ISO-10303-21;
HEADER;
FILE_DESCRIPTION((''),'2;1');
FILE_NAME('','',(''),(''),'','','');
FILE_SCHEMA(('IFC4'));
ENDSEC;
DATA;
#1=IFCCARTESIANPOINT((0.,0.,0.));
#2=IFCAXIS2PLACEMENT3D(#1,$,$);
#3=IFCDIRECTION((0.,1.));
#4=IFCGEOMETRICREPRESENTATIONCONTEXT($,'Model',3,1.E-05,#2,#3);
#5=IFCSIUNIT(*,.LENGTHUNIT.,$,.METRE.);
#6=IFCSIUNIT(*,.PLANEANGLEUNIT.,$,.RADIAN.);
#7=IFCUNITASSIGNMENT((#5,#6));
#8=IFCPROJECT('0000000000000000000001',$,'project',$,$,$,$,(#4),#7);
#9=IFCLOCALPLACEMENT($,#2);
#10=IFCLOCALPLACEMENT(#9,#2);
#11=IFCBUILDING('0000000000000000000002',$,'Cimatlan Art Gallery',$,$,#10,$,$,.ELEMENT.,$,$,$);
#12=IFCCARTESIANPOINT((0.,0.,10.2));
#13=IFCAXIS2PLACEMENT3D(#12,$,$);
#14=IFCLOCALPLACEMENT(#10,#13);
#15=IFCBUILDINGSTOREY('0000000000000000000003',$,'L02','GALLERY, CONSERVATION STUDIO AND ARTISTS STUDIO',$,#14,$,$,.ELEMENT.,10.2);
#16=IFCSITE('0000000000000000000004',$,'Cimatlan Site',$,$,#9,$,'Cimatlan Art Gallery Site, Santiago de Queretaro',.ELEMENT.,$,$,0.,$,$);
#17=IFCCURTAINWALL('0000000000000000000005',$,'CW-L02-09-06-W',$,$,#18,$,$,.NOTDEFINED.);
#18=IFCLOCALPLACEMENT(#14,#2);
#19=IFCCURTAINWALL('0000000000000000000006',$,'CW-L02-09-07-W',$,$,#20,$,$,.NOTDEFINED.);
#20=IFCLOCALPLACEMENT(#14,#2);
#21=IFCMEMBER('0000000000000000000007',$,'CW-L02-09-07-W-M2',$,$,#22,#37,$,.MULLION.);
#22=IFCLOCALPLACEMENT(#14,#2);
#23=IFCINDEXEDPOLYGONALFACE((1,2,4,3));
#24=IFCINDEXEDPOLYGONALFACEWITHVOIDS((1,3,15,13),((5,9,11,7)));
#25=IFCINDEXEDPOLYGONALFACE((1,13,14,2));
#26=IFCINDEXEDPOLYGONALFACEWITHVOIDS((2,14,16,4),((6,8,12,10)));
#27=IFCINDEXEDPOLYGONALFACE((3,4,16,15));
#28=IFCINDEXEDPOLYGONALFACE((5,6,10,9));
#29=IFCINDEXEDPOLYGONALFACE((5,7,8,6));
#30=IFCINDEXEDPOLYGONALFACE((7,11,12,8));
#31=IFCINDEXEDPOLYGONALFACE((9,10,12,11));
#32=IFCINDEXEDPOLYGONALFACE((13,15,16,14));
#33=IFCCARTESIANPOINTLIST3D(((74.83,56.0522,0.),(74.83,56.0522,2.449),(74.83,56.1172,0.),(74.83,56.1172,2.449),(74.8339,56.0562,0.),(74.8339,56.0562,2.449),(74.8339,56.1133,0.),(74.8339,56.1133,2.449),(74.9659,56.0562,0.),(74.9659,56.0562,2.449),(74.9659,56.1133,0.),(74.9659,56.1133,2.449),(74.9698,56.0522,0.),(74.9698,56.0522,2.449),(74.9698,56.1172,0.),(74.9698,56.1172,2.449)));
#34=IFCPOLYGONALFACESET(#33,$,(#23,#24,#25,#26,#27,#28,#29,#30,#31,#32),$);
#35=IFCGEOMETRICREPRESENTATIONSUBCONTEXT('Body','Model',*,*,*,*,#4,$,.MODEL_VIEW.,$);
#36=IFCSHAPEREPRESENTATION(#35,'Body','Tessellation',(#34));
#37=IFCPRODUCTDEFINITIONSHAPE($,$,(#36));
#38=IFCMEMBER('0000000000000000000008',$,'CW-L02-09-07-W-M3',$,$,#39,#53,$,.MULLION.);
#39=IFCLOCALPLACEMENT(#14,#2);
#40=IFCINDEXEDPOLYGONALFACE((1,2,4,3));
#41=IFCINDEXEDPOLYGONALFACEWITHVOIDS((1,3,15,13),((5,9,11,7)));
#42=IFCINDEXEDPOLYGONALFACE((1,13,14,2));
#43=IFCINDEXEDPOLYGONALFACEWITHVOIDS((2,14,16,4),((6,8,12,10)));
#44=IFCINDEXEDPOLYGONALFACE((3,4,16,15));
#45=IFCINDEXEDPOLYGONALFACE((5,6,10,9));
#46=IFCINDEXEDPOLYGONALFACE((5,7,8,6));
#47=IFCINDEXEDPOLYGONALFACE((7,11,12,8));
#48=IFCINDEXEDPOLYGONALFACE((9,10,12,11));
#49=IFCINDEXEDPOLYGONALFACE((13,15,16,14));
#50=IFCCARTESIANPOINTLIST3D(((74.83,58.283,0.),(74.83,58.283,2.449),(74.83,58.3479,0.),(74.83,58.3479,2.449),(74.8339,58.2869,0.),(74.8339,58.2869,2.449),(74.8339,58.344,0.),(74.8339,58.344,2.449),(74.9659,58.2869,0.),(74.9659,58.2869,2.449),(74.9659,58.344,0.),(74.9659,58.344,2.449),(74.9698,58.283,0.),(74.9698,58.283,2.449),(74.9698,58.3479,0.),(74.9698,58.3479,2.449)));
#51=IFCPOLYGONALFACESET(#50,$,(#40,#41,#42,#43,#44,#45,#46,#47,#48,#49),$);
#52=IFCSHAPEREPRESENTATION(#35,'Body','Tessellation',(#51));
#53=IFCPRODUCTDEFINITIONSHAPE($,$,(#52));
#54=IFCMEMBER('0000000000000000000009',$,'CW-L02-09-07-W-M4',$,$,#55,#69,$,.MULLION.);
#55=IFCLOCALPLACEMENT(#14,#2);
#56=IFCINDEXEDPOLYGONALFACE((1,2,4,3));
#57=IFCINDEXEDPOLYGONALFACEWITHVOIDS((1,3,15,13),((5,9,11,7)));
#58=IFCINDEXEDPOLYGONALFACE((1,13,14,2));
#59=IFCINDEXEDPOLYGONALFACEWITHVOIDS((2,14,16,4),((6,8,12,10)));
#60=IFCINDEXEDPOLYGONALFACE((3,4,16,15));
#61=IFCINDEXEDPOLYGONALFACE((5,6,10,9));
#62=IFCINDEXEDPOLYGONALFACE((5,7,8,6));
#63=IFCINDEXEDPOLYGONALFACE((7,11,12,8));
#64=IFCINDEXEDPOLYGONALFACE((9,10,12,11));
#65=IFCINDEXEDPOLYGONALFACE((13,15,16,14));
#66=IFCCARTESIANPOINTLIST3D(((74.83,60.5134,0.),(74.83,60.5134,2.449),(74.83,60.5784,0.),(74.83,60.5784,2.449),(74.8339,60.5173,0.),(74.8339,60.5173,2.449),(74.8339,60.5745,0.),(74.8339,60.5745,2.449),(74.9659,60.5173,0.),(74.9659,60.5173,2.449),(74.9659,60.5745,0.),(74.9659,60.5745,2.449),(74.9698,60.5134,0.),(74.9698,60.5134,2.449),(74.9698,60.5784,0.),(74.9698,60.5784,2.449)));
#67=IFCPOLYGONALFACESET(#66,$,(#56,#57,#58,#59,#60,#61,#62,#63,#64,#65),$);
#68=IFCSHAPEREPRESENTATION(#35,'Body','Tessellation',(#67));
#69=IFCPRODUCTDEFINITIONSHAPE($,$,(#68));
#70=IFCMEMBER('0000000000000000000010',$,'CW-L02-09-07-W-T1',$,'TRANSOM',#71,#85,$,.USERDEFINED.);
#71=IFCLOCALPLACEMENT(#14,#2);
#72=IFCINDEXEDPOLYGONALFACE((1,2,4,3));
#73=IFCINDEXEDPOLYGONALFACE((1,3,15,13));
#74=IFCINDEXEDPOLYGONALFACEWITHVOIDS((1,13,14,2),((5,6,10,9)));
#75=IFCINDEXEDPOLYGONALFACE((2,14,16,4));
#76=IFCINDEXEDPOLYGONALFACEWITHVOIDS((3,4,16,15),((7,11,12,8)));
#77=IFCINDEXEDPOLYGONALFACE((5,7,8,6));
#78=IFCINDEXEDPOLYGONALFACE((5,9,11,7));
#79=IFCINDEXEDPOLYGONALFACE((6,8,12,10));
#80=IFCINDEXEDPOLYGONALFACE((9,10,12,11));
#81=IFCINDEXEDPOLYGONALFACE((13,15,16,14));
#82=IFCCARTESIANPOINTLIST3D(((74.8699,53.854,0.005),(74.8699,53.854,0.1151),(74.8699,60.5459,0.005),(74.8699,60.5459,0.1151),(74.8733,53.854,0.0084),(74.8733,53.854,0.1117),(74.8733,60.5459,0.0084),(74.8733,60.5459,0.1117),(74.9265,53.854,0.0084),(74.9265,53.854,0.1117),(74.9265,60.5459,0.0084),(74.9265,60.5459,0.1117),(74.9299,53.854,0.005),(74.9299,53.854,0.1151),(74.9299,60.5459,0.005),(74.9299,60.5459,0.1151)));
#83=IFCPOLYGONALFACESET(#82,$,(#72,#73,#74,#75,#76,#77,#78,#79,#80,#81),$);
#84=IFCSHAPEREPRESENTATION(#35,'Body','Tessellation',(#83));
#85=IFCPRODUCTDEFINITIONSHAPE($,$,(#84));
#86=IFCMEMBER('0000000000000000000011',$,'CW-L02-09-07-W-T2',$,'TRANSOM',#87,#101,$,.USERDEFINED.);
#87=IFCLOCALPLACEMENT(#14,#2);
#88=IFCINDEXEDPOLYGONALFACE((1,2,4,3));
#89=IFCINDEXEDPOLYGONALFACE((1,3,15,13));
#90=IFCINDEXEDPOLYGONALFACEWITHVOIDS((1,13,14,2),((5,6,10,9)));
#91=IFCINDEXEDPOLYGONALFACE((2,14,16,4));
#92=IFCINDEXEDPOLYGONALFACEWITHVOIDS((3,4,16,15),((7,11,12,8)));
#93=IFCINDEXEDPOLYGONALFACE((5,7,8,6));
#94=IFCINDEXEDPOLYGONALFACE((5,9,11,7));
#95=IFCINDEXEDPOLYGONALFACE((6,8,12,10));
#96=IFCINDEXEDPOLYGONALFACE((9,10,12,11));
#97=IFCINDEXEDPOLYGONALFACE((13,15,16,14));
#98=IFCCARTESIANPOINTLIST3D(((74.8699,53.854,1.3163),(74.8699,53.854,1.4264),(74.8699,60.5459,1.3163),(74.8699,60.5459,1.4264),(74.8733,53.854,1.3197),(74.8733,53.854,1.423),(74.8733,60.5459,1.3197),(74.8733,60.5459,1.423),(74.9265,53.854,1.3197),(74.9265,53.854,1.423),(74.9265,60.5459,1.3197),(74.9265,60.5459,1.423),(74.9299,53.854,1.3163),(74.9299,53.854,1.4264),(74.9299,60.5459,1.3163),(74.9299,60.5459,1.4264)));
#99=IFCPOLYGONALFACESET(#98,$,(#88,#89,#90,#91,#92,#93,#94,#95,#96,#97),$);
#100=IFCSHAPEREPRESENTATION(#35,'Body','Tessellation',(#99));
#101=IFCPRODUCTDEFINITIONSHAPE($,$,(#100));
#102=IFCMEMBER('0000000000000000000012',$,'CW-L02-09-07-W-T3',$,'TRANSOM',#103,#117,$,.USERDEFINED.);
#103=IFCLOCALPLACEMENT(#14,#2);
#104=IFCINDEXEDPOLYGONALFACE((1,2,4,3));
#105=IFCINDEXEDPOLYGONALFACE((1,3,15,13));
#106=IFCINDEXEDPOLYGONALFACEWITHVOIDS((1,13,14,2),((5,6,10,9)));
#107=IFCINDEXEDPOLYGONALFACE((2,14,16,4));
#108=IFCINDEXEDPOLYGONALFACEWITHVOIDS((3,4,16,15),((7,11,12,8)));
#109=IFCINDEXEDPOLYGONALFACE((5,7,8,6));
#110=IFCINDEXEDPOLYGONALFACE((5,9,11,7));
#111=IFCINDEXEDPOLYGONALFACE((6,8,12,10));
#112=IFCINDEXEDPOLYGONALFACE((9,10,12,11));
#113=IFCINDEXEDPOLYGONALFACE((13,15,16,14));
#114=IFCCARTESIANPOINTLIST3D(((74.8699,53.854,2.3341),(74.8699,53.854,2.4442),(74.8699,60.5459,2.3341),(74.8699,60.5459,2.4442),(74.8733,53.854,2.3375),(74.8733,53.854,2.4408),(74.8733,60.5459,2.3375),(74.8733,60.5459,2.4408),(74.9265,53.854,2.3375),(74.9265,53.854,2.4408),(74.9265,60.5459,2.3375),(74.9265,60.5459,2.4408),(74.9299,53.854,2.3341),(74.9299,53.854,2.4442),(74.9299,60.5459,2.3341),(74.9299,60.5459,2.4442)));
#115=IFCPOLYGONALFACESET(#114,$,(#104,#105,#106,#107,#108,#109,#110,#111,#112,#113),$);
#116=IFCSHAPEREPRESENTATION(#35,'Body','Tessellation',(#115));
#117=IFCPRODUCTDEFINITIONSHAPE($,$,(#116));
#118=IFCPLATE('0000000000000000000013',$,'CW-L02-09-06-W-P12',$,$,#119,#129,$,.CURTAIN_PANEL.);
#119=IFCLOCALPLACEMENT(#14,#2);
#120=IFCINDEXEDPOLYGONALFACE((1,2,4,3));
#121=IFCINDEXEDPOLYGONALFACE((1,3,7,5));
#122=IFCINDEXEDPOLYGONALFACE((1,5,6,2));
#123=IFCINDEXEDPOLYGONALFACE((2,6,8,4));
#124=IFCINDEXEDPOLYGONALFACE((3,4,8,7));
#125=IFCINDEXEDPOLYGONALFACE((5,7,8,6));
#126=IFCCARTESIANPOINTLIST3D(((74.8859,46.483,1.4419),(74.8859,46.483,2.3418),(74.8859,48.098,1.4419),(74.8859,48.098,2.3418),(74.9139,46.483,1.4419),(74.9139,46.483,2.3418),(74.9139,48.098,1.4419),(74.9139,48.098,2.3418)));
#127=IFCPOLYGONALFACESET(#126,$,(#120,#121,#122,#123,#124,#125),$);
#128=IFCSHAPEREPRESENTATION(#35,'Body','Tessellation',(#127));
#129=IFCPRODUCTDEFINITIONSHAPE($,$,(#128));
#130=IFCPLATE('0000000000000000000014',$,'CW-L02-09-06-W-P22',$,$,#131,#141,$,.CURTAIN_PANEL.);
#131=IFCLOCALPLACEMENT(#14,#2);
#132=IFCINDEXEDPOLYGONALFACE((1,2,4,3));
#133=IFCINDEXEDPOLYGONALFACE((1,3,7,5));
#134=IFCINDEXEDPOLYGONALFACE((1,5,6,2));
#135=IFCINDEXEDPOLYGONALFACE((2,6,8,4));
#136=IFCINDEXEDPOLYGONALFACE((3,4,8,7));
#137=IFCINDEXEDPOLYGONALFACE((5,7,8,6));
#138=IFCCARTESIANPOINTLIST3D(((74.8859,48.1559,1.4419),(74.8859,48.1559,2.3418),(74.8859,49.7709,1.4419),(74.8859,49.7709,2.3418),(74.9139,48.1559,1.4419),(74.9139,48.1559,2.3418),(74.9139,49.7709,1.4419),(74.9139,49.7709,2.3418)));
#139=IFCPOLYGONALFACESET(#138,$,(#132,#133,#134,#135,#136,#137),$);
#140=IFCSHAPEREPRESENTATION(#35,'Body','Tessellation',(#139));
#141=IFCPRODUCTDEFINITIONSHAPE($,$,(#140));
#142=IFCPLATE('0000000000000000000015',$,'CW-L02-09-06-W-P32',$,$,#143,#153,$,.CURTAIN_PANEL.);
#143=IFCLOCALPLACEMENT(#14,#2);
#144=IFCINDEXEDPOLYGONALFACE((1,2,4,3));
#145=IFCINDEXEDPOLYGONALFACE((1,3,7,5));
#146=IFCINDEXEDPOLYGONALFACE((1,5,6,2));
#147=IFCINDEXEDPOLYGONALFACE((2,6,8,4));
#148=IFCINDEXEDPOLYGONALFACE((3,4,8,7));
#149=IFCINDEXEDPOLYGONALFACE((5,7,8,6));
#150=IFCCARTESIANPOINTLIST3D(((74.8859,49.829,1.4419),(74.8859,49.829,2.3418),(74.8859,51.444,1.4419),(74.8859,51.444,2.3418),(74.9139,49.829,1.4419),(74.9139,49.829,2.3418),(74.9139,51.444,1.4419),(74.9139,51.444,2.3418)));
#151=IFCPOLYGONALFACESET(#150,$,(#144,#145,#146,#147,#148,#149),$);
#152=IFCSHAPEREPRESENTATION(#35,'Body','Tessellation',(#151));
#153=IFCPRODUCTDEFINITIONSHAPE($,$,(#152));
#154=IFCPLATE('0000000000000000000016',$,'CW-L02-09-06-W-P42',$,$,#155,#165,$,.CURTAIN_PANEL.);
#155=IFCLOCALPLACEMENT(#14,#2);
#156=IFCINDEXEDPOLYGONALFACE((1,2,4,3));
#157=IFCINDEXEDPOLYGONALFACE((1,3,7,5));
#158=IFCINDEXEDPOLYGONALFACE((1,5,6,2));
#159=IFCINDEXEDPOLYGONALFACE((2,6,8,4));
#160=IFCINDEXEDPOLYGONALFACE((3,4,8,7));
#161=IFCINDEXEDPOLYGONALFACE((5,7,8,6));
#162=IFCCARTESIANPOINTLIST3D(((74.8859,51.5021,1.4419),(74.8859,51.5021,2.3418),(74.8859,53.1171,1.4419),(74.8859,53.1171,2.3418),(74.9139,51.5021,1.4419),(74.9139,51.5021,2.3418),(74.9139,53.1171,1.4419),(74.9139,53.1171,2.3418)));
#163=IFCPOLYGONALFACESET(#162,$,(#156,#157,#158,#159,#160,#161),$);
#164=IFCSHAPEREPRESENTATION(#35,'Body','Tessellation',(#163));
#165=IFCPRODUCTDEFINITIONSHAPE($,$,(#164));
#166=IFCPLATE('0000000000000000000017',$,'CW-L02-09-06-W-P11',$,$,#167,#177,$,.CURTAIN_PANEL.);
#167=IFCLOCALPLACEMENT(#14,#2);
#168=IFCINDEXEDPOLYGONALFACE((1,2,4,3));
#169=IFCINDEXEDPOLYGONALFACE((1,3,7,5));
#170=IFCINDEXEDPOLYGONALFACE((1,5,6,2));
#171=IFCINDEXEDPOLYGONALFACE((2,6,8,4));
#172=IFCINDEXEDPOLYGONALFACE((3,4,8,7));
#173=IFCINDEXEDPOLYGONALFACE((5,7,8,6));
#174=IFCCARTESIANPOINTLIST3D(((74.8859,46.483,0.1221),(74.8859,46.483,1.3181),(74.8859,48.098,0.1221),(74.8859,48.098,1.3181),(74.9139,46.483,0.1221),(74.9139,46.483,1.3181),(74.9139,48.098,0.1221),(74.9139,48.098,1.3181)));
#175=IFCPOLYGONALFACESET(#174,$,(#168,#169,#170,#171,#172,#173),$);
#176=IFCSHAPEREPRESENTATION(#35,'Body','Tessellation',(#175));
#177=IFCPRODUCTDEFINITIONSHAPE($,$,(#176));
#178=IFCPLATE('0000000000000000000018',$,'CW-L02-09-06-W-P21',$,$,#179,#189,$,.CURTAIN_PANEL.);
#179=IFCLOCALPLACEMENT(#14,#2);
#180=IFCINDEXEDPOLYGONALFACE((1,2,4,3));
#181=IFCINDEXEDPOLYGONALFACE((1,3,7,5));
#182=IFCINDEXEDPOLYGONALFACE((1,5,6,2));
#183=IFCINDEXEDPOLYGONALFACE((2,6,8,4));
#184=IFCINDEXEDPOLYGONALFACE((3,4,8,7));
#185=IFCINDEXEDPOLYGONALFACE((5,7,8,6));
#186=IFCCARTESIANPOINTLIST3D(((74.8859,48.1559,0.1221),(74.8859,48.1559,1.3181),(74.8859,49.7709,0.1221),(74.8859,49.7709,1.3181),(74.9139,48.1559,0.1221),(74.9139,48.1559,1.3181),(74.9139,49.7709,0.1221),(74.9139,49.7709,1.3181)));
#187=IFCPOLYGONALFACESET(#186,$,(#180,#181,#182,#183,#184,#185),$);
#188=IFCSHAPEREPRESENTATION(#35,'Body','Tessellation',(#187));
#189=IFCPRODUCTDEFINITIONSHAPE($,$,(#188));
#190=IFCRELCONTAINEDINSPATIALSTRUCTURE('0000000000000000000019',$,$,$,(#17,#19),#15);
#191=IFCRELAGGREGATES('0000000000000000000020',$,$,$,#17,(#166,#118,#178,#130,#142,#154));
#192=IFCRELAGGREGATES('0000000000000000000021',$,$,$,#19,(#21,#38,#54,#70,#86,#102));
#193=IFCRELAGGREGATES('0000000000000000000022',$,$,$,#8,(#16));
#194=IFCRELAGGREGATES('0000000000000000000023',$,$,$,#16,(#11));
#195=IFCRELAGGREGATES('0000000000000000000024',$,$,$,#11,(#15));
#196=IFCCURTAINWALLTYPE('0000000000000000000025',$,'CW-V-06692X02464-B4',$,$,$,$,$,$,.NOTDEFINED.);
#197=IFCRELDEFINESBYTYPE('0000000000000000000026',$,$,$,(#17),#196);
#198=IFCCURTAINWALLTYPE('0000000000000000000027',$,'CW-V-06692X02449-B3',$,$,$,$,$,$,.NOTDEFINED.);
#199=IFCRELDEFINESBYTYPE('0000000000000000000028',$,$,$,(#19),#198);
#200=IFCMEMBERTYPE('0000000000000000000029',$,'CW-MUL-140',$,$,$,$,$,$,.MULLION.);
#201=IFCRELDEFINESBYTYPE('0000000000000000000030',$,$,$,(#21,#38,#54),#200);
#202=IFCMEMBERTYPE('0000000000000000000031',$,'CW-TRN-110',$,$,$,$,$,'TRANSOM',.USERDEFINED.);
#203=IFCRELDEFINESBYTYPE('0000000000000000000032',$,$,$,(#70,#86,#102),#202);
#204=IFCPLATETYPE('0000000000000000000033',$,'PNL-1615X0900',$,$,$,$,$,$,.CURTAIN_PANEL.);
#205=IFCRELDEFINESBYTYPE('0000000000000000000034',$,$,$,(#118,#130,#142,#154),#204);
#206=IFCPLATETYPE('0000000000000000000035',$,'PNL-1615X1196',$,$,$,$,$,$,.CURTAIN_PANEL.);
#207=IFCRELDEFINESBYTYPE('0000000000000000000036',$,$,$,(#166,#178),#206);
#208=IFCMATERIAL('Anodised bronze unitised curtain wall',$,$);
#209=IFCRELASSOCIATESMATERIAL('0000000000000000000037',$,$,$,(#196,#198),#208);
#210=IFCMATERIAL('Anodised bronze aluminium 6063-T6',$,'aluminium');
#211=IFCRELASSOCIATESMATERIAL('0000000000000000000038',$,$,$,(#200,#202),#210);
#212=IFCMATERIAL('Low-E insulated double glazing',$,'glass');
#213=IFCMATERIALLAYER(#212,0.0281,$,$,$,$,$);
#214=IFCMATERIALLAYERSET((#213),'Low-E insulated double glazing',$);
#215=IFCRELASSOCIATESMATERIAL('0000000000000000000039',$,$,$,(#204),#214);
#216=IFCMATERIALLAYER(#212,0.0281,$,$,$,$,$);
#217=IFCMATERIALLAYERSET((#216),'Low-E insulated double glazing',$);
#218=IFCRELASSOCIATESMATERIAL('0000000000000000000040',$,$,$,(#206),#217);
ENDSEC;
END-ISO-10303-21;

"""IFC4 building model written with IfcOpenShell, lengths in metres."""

from ifc_helpers import new_model, si_unit, direction, frame, origin, origin_2d, place, context, subcontext, project, spatial, rectangle, hollow_rectangle, extrude, material, layer, layer_set, material_profile, profile_set, type_object, element, aggregate, save


model = new_model("IFC4")

# Units and contexts
model_context = context("Model", 3, precision=1e-05, world=origin(), true_north=direction((0.0, 1.0)))
body_context = subcontext(model_context, "Body", "Model", "MODEL_VIEW")
ifc_project = project(units=[si_unit("LENGTHUNIT", "METRE"), si_unit("PLANEANGLEUNIT", "RADIAN")], contexts=[model_context])

# Site, building, storey
site_placement = place(None, origin())
site = spatial("IfcSite", under=ifc_project, at=site_placement, Name="Cimatlan Site", LongName="Cimatlan Art Gallery Site, Santiago de Queretaro", CompositionType="ELEMENT", RefElevation=0.0)
building_placement = place(site_placement, origin())
building = spatial("IfcBuilding", under=site, at=building_placement, Name="Cimatlan Art Gallery", CompositionType="ELEMENT")
storey_placement = place(building_placement, frame((0.0, 0.0, 10.2)))
storey = spatial("IfcBuildingStorey", under=building, at=storey_placement, Name="L02", Description="GALLERY, CONSERVATION STUDIO AND ARTISTS STUDIO", CompositionType="ELEMENT", Elevation=10.2)

# Curtain walls, members
ifc_material_1 = material(Name="Anodised bronze unitised curtain wall")
curtain_wall_type_1 = type_object("IfcCurtainWallType", Name="CW-V-06692X02464-B4", PredefinedType="NOTDEFINED", material=ifc_material_1)
curtain_wall_1_placement = place(storey_placement, origin())
curtain_wall_1 = element("IfcCurtainWall", 1, at=curtain_wall_1_placement, inside=storey, type_object=curtain_wall_type_1, Name="CW-L02-09-06-W", PredefinedType="NOTDEFINED")
ifc_material_2 = material(Name="Anodised bronze aluminium 6063-T6", Category="aluminium")
ifc_material_profile_1 = material_profile(ifc_material_2, hollow_rectangle(XDim=0.0649, YDim=0.1399, WallThickness=0.0039, at=origin_2d()), Name="ALU65X140X4")
ifc_profile_set_1 = profile_set([ifc_material_profile_1], Name="Anodised bronze aluminium 6063-T6")
member_type_1 = type_object("IfcMemberType", Name="CW-MUL-140", PredefinedType="MULLION", material=ifc_profile_set_1)
curtain_wall_type_2 = type_object("IfcCurtainWallType", Name="CW-V-06692X02449-B3", PredefinedType="NOTDEFINED", material=ifc_material_1)
curtain_wall_2_placement = place(storey_placement, origin())
curtain_wall_2 = element("IfcCurtainWall", 2, at=curtain_wall_2_placement, inside=storey, type_object=curtain_wall_type_2, Name="CW-L02-09-07-W", PredefinedType="NOTDEFINED")
member_1_placement = place(storey_placement, frame((74.8999, 56.0847, 0.0), z_axis=(0.0, 0.0, 1.0), x_axis=(0.0, 1.0, 0.0)))
member_1 = element("IfcMember", 3, at=member_1_placement, type_object=member_type_1, Name="CW-L02-09-07-W-M2", PredefinedType="MULLION", context=body_context, shape_type="SweptSolid", body=[
    extrude(hollow_rectangle(XDim=0.0649, YDim=0.1399, WallThickness=0.0039, at=origin_2d()), origin(), (0.0, 0.0, 1.0), 2.449),
])
member_2_placement = place(storey_placement, frame((74.8999, 58.3154, 0.0), z_axis=(0.0, 0.0, 1.0), x_axis=(0.0, 1.0, 0.0)))
member_2 = element("IfcMember", 4, at=member_2_placement, type_object=member_type_1, Name="CW-L02-09-07-W-M3", PredefinedType="MULLION", context=body_context, shape_type="SweptSolid", body=[
    extrude(hollow_rectangle(XDim=0.0649, YDim=0.1399, WallThickness=0.0039, at=origin_2d()), origin(), (0.0, 0.0, 1.0), 2.449),
])
member_3_placement = place(storey_placement, frame((74.8999, 60.5459, 0.0), z_axis=(0.0, 0.0, 1.0), x_axis=(0.0, 1.0, 0.0)))
member_3 = element("IfcMember", 5, at=member_3_placement, type_object=member_type_1, Name="CW-L02-09-07-W-M4", PredefinedType="MULLION", context=body_context, shape_type="SweptSolid", body=[
    extrude(hollow_rectangle(XDim=0.0649, YDim=0.1399, WallThickness=0.0039, at=origin_2d()), origin(), (0.0, 0.0, 1.0), 2.449),
])
ifc_material_profile_2 = material_profile(ifc_material_2, hollow_rectangle(XDim=0.0601, YDim=0.1101, WallThickness=0.0034, at=origin_2d()), Name="ALU60X110X3")
ifc_profile_set_2 = profile_set([ifc_material_profile_2], Name="Anodised bronze aluminium 6063-T6")
member_type_2 = type_object("IfcMemberType", Name="CW-TRN-110", ElementType="TRANSOM", PredefinedType="USERDEFINED", material=ifc_profile_set_2)
member_4_placement = place(storey_placement, frame((74.8999, 53.854, 0.0601), z_axis=(0.0, 1.0, 0.0), x_axis=(-1.0, 0.0, 0.0)))
member_4 = element("IfcMember", 6, at=member_4_placement, type_object=member_type_2, Name="CW-L02-09-07-W-T1", ObjectType="TRANSOM", PredefinedType="USERDEFINED", context=body_context, shape_type="SweptSolid", body=[
    extrude(hollow_rectangle(XDim=0.0601, YDim=0.1101, WallThickness=0.0034, at=origin_2d()), origin(), (0.0, 0.0, 1.0), 6.6919),
])
member_5_placement = place(storey_placement, frame((74.8999, 53.854, 1.3713), z_axis=(0.0, 1.0, 0.0), x_axis=(-1.0, 0.0, 0.0)))
member_5 = element("IfcMember", 7, at=member_5_placement, type_object=member_type_2, Name="CW-L02-09-07-W-T2", ObjectType="TRANSOM", PredefinedType="USERDEFINED", context=body_context, shape_type="SweptSolid", body=[
    extrude(hollow_rectangle(XDim=0.0601, YDim=0.1101, WallThickness=0.0034, at=origin_2d()), origin(), (0.0, 0.0, 1.0), 6.6919),
])
member_6_placement = place(storey_placement, frame((74.8999, 53.854, 2.3892), z_axis=(0.0, 1.0, 0.0), x_axis=(-1.0, 0.0, 0.0)))
member_6 = element("IfcMember", 8, at=member_6_placement, type_object=member_type_2, Name="CW-L02-09-07-W-T3", ObjectType="TRANSOM", PredefinedType="USERDEFINED", context=body_context, shape_type="SweptSolid", body=[
    extrude(hollow_rectangle(XDim=0.0601, YDim=0.1101, WallThickness=0.0034, at=origin_2d()), origin(), (0.0, 0.0, 1.0), 6.6919),
])

# Plates
ifc_material_3 = material(Name="Low-E insulated double glazing", Category="glass")
ifc_layer_1 = layer(ifc_material_3, 0.0281)
ifc_layer_set_1 = layer_set([ifc_layer_1], Name="Low-E insulated double glazing")
plate_type_1 = type_object("IfcPlateType", Name="PNL-1615X0900", PredefinedType="CURTAIN_PANEL", material=ifc_layer_set_1)
plate_1_placement = place(storey_placement, frame((74.8999, 47.2905, 1.4419), z_axis=(0.0, 0.0, 1.0), x_axis=(0.0, 1.0, 0.0)))
plate_1 = element("IfcPlate", 9, at=plate_1_placement, type_object=plate_type_1, Name="CW-L02-09-06-W-P12", PredefinedType="CURTAIN_PANEL", context=body_context, shape_type="SweptSolid", body=[
    extrude(rectangle(XDim=1.615, YDim=0.0281, at=origin_2d()), origin(), (0.0, 0.0, 1.0), 0.8999),
])
plate_2_placement = place(storey_placement, frame((74.8999, 48.9634, 1.4419), z_axis=(0.0, 0.0, 1.0), x_axis=(0.0, 1.0, 0.0)))
plate_2 = element("IfcPlate", 10, at=plate_2_placement, type_object=plate_type_1, Name="CW-L02-09-06-W-P22", PredefinedType="CURTAIN_PANEL", context=body_context, shape_type="SweptSolid", body=[
    extrude(rectangle(XDim=1.615, YDim=0.0281, at=origin_2d()), origin(), (0.0, 0.0, 1.0), 0.8999),
])
plate_3_placement = place(storey_placement, frame((74.8999, 50.6365, 1.4419), z_axis=(0.0, 0.0, 1.0), x_axis=(0.0, 1.0, 0.0)))
plate_3 = element("IfcPlate", 11, at=plate_3_placement, type_object=plate_type_1, Name="CW-L02-09-06-W-P32", PredefinedType="CURTAIN_PANEL", context=body_context, shape_type="SweptSolid", body=[
    extrude(rectangle(XDim=1.615, YDim=0.0281, at=origin_2d()), origin(), (0.0, 0.0, 1.0), 0.8999),
])
plate_4_placement = place(storey_placement, frame((74.8999, 52.3096, 1.4419), z_axis=(0.0, 0.0, 1.0), x_axis=(0.0, 1.0, 0.0)))
plate_4 = element("IfcPlate", 12, at=plate_4_placement, type_object=plate_type_1, Name="CW-L02-09-06-W-P42", PredefinedType="CURTAIN_PANEL", context=body_context, shape_type="SweptSolid", body=[
    extrude(rectangle(XDim=1.615, YDim=0.0281, at=origin_2d()), origin(), (0.0, 0.0, 1.0), 0.8999),
])
ifc_layer_2 = layer(ifc_material_3, 0.0281)
ifc_layer_set_2 = layer_set([ifc_layer_2], Name="Low-E insulated double glazing")
plate_type_2 = type_object("IfcPlateType", Name="PNL-1615X1196", PredefinedType="CURTAIN_PANEL", material=ifc_layer_set_2)
plate_5_placement = place(storey_placement, frame((74.8999, 47.2905, 0.1221), z_axis=(0.0, 0.0, 1.0), x_axis=(0.0, 1.0, 0.0)))
plate_5 = element("IfcPlate", 13, at=plate_5_placement, type_object=plate_type_2, Name="CW-L02-09-06-W-P11", PredefinedType="CURTAIN_PANEL", context=body_context, shape_type="SweptSolid", body=[
    extrude(rectangle(XDim=1.615, YDim=0.0281, at=origin_2d()), origin(), (0.0, 0.0, 1.0), 1.196),
])
plate_6_placement = place(storey_placement, frame((74.8999, 48.9634, 0.1221), z_axis=(0.0, 0.0, 1.0), x_axis=(0.0, 1.0, 0.0)))
plate_6 = element("IfcPlate", 14, at=plate_6_placement, type_object=plate_type_2, Name="CW-L02-09-06-W-P21", PredefinedType="CURTAIN_PANEL", context=body_context, shape_type="SweptSolid", body=[
    extrude(rectangle(XDim=1.615, YDim=0.0281, at=origin_2d()), origin(), (0.0, 0.0, 1.0), 1.196),
])
aggregate(curtain_wall_1, [plate_5, plate_1, plate_6, plate_2, plate_3, plate_4])
aggregate(curtain_wall_2, [member_1, member_2, member_3, member_4, member_5, member_6])

save(model, "model.ifc")
